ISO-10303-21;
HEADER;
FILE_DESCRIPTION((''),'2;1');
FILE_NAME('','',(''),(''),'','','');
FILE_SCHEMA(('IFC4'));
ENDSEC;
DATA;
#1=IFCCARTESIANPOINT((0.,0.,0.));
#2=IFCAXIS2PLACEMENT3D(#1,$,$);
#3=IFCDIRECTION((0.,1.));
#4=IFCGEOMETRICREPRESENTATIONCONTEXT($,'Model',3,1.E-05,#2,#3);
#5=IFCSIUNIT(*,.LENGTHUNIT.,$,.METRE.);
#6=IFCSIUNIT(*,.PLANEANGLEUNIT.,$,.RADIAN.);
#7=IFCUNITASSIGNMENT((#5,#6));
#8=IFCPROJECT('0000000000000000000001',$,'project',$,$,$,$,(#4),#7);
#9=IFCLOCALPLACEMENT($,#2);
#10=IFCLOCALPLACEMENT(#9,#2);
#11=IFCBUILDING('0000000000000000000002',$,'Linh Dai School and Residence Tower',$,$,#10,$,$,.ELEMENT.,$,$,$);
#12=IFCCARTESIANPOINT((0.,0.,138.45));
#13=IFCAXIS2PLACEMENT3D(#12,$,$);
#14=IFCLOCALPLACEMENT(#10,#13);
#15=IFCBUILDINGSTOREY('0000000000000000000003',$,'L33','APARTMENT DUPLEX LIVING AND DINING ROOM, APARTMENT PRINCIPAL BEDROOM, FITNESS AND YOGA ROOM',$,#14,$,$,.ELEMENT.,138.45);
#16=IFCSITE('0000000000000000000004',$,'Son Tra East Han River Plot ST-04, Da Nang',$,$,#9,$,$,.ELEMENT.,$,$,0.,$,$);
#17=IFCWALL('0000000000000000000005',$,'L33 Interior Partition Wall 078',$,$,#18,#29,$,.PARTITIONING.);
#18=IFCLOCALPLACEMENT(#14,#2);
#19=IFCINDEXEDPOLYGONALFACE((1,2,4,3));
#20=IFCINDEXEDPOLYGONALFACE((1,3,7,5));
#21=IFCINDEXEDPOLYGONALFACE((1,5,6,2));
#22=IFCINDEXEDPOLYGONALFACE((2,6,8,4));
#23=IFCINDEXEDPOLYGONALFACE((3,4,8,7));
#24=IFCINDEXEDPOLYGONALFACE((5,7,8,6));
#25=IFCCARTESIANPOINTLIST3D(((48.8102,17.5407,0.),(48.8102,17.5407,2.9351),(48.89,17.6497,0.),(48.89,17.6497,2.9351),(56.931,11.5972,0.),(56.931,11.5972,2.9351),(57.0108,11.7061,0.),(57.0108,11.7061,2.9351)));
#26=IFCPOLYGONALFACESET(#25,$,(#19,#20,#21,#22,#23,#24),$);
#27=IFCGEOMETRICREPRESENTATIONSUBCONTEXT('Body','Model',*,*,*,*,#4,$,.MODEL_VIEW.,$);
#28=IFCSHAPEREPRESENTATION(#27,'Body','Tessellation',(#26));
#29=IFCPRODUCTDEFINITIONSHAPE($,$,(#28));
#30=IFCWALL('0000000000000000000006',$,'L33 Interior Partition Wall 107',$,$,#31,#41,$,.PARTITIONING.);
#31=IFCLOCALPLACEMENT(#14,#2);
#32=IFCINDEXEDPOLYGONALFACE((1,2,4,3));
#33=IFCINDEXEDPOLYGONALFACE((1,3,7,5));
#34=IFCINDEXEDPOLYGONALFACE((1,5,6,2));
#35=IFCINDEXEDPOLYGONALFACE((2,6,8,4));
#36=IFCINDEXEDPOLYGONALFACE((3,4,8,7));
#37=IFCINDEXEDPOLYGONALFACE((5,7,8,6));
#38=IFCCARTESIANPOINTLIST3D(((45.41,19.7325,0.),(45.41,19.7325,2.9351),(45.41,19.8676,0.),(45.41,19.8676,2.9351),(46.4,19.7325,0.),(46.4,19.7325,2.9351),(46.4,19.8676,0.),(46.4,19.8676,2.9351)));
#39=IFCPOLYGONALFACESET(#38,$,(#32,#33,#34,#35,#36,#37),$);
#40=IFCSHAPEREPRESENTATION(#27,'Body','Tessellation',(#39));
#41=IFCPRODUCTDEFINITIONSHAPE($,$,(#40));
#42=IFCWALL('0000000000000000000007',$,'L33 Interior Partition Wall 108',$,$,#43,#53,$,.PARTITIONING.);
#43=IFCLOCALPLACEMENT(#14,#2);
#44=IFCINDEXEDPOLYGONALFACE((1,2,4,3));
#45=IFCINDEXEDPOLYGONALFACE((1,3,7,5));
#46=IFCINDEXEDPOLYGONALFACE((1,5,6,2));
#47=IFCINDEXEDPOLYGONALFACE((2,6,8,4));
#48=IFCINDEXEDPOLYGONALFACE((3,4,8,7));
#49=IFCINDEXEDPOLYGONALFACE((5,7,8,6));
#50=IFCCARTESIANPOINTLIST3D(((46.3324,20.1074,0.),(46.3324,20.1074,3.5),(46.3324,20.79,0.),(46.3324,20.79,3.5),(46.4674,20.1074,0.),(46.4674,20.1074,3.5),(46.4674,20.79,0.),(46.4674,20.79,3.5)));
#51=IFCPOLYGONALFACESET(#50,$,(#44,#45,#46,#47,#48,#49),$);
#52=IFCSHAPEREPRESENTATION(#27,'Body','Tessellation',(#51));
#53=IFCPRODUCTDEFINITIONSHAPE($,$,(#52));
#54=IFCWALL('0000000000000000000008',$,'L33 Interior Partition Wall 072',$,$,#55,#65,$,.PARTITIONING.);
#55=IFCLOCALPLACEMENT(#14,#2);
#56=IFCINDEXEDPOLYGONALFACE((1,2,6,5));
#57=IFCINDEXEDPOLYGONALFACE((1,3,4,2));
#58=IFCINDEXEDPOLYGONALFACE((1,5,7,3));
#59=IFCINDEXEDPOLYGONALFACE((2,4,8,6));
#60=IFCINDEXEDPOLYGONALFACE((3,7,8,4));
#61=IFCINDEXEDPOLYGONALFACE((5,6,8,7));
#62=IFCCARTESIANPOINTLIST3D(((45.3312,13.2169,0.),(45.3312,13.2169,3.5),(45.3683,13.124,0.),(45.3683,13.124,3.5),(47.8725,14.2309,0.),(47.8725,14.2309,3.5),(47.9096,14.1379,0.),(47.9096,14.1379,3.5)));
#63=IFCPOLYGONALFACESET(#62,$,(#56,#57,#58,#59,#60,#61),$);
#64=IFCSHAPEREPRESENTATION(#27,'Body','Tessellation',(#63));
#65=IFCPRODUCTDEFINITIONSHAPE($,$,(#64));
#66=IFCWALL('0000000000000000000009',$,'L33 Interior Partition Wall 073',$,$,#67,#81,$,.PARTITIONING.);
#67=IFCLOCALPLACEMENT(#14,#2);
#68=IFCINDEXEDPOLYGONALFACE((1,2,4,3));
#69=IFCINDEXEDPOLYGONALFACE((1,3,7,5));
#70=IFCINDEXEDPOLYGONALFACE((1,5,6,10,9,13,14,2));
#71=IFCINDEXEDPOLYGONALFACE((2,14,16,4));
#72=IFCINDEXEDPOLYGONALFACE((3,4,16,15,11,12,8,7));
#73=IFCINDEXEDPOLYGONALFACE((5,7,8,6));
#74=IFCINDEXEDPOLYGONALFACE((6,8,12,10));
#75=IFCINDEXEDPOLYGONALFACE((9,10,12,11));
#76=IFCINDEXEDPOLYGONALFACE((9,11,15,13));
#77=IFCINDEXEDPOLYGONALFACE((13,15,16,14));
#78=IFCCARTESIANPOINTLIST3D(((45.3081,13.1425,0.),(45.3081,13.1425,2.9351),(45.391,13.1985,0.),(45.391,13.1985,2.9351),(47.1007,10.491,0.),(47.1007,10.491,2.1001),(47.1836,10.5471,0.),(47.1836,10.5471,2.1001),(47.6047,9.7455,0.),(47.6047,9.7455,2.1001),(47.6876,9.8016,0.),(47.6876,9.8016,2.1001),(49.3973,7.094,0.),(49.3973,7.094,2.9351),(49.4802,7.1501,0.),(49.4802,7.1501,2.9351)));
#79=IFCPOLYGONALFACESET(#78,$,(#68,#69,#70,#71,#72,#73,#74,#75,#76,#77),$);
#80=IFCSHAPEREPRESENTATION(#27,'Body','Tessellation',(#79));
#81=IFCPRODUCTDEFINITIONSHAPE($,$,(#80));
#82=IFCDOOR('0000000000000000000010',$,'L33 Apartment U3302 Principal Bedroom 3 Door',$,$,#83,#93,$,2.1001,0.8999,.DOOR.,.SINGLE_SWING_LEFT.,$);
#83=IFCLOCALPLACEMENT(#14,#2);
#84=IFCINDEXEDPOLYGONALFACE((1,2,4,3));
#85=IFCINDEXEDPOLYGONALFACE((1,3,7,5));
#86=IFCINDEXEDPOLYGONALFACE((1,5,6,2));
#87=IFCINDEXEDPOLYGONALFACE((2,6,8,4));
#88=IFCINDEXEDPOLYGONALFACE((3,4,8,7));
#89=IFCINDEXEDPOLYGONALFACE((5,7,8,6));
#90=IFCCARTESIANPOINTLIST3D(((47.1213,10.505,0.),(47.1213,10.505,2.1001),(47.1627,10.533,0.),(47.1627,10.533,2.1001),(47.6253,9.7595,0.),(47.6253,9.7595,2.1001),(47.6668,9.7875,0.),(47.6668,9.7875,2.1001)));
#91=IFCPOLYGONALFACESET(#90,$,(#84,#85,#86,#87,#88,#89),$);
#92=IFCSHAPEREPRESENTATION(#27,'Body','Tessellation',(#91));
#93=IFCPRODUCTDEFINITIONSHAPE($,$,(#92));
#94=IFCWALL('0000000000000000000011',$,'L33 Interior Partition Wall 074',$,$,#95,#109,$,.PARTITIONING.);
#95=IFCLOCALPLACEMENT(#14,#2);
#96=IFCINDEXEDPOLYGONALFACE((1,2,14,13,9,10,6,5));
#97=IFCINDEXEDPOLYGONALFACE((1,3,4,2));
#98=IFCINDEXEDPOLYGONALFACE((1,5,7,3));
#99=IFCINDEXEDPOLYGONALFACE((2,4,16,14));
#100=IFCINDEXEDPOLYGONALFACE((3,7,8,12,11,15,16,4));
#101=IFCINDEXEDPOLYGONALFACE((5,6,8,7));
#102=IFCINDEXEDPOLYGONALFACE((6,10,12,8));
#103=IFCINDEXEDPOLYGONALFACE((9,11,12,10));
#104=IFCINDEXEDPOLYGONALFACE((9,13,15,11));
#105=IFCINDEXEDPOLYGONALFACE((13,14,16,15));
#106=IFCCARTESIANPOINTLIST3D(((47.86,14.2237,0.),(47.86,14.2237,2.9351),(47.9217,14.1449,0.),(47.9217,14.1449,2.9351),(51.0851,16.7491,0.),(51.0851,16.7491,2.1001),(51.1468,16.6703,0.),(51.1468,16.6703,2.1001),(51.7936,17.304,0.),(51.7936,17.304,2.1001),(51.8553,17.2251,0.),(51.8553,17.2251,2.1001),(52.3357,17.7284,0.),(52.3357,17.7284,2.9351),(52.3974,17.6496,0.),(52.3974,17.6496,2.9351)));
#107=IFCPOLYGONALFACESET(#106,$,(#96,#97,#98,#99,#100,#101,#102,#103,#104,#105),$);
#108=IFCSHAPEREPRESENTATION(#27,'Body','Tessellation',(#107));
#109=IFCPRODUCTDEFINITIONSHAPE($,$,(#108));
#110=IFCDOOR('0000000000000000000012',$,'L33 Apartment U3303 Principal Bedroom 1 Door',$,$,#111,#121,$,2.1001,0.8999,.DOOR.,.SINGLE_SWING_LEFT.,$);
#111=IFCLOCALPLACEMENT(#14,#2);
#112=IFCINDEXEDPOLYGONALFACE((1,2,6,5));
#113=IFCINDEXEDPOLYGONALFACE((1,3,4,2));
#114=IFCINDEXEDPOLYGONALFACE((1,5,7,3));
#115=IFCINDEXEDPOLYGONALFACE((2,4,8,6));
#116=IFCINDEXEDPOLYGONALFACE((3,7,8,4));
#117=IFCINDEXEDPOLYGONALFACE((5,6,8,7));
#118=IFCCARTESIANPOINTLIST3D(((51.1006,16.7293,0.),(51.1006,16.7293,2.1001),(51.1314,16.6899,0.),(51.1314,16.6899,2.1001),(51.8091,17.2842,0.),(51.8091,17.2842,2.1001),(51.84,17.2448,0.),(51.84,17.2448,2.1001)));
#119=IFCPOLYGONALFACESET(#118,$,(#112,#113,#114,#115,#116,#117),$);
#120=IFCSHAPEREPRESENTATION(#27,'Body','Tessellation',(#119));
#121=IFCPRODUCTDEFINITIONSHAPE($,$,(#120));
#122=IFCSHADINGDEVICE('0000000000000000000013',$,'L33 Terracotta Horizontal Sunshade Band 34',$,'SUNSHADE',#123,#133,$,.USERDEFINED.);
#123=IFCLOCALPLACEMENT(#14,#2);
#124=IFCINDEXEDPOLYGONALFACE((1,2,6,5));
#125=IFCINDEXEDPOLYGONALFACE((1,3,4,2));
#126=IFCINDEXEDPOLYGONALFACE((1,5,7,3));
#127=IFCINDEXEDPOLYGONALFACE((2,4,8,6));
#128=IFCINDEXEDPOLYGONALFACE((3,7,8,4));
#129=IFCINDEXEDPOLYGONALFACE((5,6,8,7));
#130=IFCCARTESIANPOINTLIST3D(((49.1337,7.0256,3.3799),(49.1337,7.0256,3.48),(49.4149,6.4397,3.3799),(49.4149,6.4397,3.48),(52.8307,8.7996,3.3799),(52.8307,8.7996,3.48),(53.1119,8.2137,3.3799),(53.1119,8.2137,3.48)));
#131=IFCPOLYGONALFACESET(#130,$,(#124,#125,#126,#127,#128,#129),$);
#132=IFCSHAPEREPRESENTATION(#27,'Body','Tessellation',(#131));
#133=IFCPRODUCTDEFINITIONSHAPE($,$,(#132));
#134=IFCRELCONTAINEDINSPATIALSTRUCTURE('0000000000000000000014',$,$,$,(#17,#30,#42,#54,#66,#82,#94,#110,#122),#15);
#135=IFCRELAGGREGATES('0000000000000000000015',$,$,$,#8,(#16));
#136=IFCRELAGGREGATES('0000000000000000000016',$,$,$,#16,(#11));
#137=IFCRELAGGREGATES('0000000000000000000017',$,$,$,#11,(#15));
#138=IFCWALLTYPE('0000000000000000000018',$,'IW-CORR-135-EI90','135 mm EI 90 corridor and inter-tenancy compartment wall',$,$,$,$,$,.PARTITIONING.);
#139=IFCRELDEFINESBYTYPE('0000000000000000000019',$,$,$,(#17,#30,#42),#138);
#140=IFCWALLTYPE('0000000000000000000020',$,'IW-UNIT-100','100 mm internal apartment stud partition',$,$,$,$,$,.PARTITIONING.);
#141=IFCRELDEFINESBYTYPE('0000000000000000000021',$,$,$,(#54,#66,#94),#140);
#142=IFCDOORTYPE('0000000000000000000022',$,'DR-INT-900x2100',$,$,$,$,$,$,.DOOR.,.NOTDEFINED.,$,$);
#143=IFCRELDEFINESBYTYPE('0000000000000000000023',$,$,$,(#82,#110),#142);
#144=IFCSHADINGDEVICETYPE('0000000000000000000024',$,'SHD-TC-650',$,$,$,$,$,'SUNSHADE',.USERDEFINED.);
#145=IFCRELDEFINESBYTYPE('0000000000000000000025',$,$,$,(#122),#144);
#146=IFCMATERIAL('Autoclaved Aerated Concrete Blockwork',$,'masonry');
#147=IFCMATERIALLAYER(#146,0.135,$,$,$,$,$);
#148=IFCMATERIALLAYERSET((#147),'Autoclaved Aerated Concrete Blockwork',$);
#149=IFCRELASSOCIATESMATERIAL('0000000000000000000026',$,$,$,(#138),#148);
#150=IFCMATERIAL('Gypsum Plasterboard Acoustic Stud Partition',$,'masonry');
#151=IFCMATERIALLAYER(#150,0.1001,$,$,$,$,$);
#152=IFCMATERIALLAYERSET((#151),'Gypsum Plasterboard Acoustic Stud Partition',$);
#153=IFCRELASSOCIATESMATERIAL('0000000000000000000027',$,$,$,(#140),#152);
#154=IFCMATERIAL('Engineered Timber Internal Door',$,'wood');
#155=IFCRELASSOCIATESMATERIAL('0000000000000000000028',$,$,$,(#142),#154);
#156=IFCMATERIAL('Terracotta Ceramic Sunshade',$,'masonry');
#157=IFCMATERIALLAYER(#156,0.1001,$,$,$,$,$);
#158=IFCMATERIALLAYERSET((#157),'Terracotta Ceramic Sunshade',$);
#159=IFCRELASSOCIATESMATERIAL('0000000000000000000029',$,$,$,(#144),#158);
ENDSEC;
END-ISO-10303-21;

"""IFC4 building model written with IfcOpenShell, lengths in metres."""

from ifc_helpers import new_model, si_unit, direction, frame, frame_2d, origin, origin_2d, place, context, subcontext, project, spatial, rectangle, extrude, source, transform, mapped, material, layer, layer_set, type_object, element, fill, save


model = new_model("IFC4")

# Units and contexts
model_context = context("Model", 3, precision=1e-05, world=origin(), true_north=direction((0.0, 1.0)))
body_context = subcontext(model_context, "Body", "Model", "MODEL_VIEW")
ifc_project = project(units=[si_unit("LENGTHUNIT", "METRE"), si_unit("PLANEANGLEUNIT", "RADIAN")], contexts=[model_context])

# Site, building, storey
site_placement = place(None, origin())
site = spatial("IfcSite", under=ifc_project, at=site_placement, Name="Son Tra East Han River Plot ST-04, Da Nang", CompositionType="ELEMENT", RefElevation=0.0)
building_placement = place(site_placement, origin())
building = spatial("IfcBuilding", under=site, at=building_placement, Name="Linh Dai School and Residence Tower", CompositionType="ELEMENT")
storey_placement = place(building_placement, frame((0.0, 0.0, 138.45)))
storey = spatial("IfcBuildingStorey", under=building, at=storey_placement, Name="L33", Description="APARTMENT DUPLEX LIVING AND DINING ROOM, APARTMENT PRINCIPAL BEDROOM, FITNESS AND YOGA ROOM", CompositionType="ELEMENT", Elevation=138.45)

# Shared definitions
ifc_material_1 = material(Name="Autoclaved Aerated Concrete Blockwork", Category="masonry")
ifc_layer_1 = layer(ifc_material_1, 0.135)
ifc_layer_set_1 = layer_set([ifc_layer_1], Name="Autoclaved Aerated Concrete Blockwork")
wall_type_1 = type_object("IfcWallType", Name="IW-CORR-135-EI90", Description="135 mm EI 90 corridor and inter-tenancy compartment wall", PredefinedType="PARTITIONING", material=ifc_layer_set_1)

# Walls
wall_1_placement = place(storey_placement, frame((48.8501, 17.5952, 0.0), z_axis=(0.0, 0.0, 1.0), x_axis=(0.806958, -0.590608, 0.0)))
element("IfcWall", 1, at=wall_1_placement, inside=storey, type_object=wall_type_1, Name="L33 Interior Partition Wall 078", PredefinedType="PARTITIONING", context=body_context, shape_type="SweptSolid", body=[
    extrude(rectangle(XDim=10.0635, YDim=0.135, at=frame_2d((5.0317, 0.0))), origin(), (0.0, 0.0, 1.0), 2.9351),
])
wall_2_placement = place(storey_placement, frame((45.4099, 19.8, 0.0), z_axis=(0.0, 0.0, 1.0), x_axis=(1.0, 0.0, 0.0)))
element("IfcWall", 2, at=wall_2_placement, inside=storey, type_object=wall_type_1, Name="L33 Interior Partition Wall 107", PredefinedType="PARTITIONING", context=body_context, shape_type="SweptSolid", body=[
    extrude(rectangle(XDim=0.99, YDim=0.135, at=frame_2d((0.4951, 0.0))), origin(), (0.0, 0.0, 1.0), 2.9351),
])
wall_3_placement = place(storey_placement, frame((46.3999, 20.1074, 0.0), z_axis=(0.0, 0.0, 1.0), x_axis=(0.0, 1.0, 0.0)))
element("IfcWall", 3, at=wall_3_placement, inside=storey, type_object=wall_type_1, Name="L33 Interior Partition Wall 108", PredefinedType="PARTITIONING", context=body_context, shape_type="SweptSolid", body=[
    extrude(rectangle(XDim=0.6826, YDim=0.135, at=frame_2d((0.3413, 0.0))), origin(), (0.0, 0.0, 1.0), 3.5),
])
ifc_material_2 = material(Name="Gypsum Plasterboard Acoustic Stud Partition", Category="masonry")
ifc_layer_2 = layer(ifc_material_2, 0.1001)
ifc_layer_set_2 = layer_set([ifc_layer_2], Name="Gypsum Plasterboard Acoustic Stud Partition")
wall_type_2 = type_object("IfcWallType", Name="IW-UNIT-100", Description="100 mm internal apartment stud partition", PredefinedType="PARTITIONING", material=ifc_layer_set_2)
wall_4_placement = place(storey_placement, frame((45.3496, 13.1704, 0.0), z_axis=(0.0, 0.0, 1.0), x_axis=(0.928802, 0.370575, 0.0)))
element("IfcWall", 4, at=wall_4_placement, inside=storey, type_object=wall_type_2, Name="L33 Interior Partition Wall 072", PredefinedType="PARTITIONING", context=body_context, shape_type="SweptSolid", body=[
    extrude(rectangle(XDim=2.7361, YDim=0.1001, at=frame_2d((1.3682, 0.0))), origin(), (0.0, 0.0, 1.0), 3.5),
])

# Walls, openings, doors
wall_5_placement = place(storey_placement, frame((45.3496, 13.1704, 0.0), z_axis=(0.0, 0.0, 1.0), x_axis=(0.560083, -0.828437, 0.0)))
wall_5 = element("IfcWall", 5, at=wall_5_placement, inside=storey, type_object=wall_type_2, Name="L33 Interior Partition Wall 073", PredefinedType="PARTITIONING", context=body_context, shape_type="SweptSolid", body=[
    extrude(rectangle(XDim=7.301, YDim=0.1001, at=frame_2d((3.6504, 0.0))), origin(), (0.0, 0.0, 1.0), 2.9351),
])
opening_1_placement = place(wall_5_placement, frame((3.2004, 0.0, 0.0)))
opening_1 = element("IfcOpeningElement", 6, at=opening_1_placement, cuts=wall_5, PredefinedType="OPENING", context=body_context, shape_type="SweptSolid", body=[
    extrude(rectangle(XDim=0.8999, YDim=2.1001, at=origin_2d()), frame((0.45, 0.0601, 1.05), z_axis=(0.0, -1.0, 0.0), x_axis=(1.0, 0.0, 0.0)), (0.0, 0.0, 1.0), 0.1201),
])
ifc_material_3 = material(Name="Engineered Timber Internal Door", Category="wood")
door_type_1 = type_object("IfcDoorType", Name="DR-INT-900x2100", OperationType="NOTDEFINED", PredefinedType="DOOR", material=ifc_material_3)
shared_shape_1 = source(origin(), body_context, "Body", "SweptSolid", [
    extrude(rectangle(XDim=0.8999, YDim=2.1001, at=origin_2d()), frame((0.45, 0.0249, 1.05), z_axis=(0.0, -1.0, 0.0), x_axis=(1.0, 0.0, 0.0)), (0.0, 0.0, 1.0), 0.05),
])
door_1_placement = place(opening_1_placement, origin())
door_1 = element("IfcDoor", 7, at=door_1_placement, inside=storey, type_object=door_type_1, Name="L33 Apartment U3302 Principal Bedroom 3 Door", OperationType="SINGLE_SWING_LEFT", OverallHeight=2.1001, OverallWidth=0.8999, PredefinedType="DOOR", context=body_context, shape_type="MappedRepresentation", body=[
    mapped(shared_shape_1, transform((0.0, 0.0, 0.0), x_axis=(1.0, 0.0, 0.0), y_axis=(0.0, 1.0, 0.0), z_axis=(0.0, 0.0, 1.0), scale=1.0)),
])
fill(opening_1, door_1)
wall_6_placement = place(storey_placement, frame((47.8909, 14.1843, 0.0), z_axis=(0.0, 0.0, 1.0), x_axis=(0.787334, 0.616527, 0.0)))
wall_6 = element("IfcWall", 8, at=wall_6_placement, inside=storey, type_object=wall_type_2, Name="L33 Interior Partition Wall 074", PredefinedType="PARTITIONING", context=body_context, shape_type="SweptSolid", body=[
    extrude(rectangle(XDim=5.6846, YDim=0.1001, at=frame_2d((2.8423, 0.0))), origin(), (0.0, 0.0, 1.0), 2.9351),
])
opening_2_placement = place(wall_6_placement, frame((4.0962, 0.0, 0.0)))
opening_2 = element("IfcOpeningElement", 9, at=opening_2_placement, cuts=wall_6, PredefinedType="OPENING", context=body_context, shape_type="SweptSolid", body=[
    extrude(rectangle(XDim=0.8999, YDim=2.1001, at=origin_2d()), frame((0.45, 0.0601, 1.05), z_axis=(0.0, -1.0, 0.0), x_axis=(1.0, 0.0, 0.0)), (0.0, 0.0, 1.0), 0.1201),
])
door_2_placement = place(opening_2_placement, origin())
door_2 = element("IfcDoor", 10, at=door_2_placement, inside=storey, type_object=door_type_1, Name="L33 Apartment U3303 Principal Bedroom 1 Door", OperationType="SINGLE_SWING_LEFT", OverallHeight=2.1001, OverallWidth=0.8999, PredefinedType="DOOR", context=body_context, shape_type="MappedRepresentation", body=[
    mapped(shared_shape_1, transform((0.0, 0.0, 0.0), x_axis=(1.0, 0.0, 0.0), y_axis=(0.0, 1.0, 0.0), z_axis=(0.0, 0.0, 1.0), scale=1.0)),
])
fill(opening_2, door_2)

# Shading device
ifc_material_4 = material(Name="Terracotta Ceramic Sunshade", Category="masonry")
ifc_layer_3 = layer(ifc_material_4, 0.1001)
ifc_layer_set_3 = layer_set([ifc_layer_3], Name="Terracotta Ceramic Sunshade")
shading_device_type = type_object("IfcShadingDeviceType", Name="SHD-TC-650", ElementType="SUNSHADE", PredefinedType="USERDEFINED", material=ifc_layer_set_3)
shared_shape_2 = source(origin(), body_context, "Body", "SweptSolid", [
    extrude(rectangle(XDim=4.1006, YDim=0.6499, at=origin_2d()), origin(), (0.0, 0.0, 1.0), 0.1001),
])
shading_device_placement = place(storey_placement, frame((51.1228, 7.6196, 3.3799), z_axis=(0.0, 0.0, 1.0), x_axis=(-0.901578, -0.432618, 0.0)))
element("IfcShadingDevice", 11, at=shading_device_placement, inside=storey, type_object=shading_device_type, Name="L33 Terracotta Horizontal Sunshade Band 34", ObjectType="SUNSHADE", PredefinedType="USERDEFINED", context=body_context, shape_type="MappedRepresentation", body=[
    mapped(shared_shape_2, transform((0.0, 0.0, 0.0), x_axis=(1.0, 0.0, 0.0), y_axis=(0.0, 1.0, 0.0), z_axis=(0.0, 0.0, 1.0), scale=1.0)),
])

save(model, "model.ifc")
